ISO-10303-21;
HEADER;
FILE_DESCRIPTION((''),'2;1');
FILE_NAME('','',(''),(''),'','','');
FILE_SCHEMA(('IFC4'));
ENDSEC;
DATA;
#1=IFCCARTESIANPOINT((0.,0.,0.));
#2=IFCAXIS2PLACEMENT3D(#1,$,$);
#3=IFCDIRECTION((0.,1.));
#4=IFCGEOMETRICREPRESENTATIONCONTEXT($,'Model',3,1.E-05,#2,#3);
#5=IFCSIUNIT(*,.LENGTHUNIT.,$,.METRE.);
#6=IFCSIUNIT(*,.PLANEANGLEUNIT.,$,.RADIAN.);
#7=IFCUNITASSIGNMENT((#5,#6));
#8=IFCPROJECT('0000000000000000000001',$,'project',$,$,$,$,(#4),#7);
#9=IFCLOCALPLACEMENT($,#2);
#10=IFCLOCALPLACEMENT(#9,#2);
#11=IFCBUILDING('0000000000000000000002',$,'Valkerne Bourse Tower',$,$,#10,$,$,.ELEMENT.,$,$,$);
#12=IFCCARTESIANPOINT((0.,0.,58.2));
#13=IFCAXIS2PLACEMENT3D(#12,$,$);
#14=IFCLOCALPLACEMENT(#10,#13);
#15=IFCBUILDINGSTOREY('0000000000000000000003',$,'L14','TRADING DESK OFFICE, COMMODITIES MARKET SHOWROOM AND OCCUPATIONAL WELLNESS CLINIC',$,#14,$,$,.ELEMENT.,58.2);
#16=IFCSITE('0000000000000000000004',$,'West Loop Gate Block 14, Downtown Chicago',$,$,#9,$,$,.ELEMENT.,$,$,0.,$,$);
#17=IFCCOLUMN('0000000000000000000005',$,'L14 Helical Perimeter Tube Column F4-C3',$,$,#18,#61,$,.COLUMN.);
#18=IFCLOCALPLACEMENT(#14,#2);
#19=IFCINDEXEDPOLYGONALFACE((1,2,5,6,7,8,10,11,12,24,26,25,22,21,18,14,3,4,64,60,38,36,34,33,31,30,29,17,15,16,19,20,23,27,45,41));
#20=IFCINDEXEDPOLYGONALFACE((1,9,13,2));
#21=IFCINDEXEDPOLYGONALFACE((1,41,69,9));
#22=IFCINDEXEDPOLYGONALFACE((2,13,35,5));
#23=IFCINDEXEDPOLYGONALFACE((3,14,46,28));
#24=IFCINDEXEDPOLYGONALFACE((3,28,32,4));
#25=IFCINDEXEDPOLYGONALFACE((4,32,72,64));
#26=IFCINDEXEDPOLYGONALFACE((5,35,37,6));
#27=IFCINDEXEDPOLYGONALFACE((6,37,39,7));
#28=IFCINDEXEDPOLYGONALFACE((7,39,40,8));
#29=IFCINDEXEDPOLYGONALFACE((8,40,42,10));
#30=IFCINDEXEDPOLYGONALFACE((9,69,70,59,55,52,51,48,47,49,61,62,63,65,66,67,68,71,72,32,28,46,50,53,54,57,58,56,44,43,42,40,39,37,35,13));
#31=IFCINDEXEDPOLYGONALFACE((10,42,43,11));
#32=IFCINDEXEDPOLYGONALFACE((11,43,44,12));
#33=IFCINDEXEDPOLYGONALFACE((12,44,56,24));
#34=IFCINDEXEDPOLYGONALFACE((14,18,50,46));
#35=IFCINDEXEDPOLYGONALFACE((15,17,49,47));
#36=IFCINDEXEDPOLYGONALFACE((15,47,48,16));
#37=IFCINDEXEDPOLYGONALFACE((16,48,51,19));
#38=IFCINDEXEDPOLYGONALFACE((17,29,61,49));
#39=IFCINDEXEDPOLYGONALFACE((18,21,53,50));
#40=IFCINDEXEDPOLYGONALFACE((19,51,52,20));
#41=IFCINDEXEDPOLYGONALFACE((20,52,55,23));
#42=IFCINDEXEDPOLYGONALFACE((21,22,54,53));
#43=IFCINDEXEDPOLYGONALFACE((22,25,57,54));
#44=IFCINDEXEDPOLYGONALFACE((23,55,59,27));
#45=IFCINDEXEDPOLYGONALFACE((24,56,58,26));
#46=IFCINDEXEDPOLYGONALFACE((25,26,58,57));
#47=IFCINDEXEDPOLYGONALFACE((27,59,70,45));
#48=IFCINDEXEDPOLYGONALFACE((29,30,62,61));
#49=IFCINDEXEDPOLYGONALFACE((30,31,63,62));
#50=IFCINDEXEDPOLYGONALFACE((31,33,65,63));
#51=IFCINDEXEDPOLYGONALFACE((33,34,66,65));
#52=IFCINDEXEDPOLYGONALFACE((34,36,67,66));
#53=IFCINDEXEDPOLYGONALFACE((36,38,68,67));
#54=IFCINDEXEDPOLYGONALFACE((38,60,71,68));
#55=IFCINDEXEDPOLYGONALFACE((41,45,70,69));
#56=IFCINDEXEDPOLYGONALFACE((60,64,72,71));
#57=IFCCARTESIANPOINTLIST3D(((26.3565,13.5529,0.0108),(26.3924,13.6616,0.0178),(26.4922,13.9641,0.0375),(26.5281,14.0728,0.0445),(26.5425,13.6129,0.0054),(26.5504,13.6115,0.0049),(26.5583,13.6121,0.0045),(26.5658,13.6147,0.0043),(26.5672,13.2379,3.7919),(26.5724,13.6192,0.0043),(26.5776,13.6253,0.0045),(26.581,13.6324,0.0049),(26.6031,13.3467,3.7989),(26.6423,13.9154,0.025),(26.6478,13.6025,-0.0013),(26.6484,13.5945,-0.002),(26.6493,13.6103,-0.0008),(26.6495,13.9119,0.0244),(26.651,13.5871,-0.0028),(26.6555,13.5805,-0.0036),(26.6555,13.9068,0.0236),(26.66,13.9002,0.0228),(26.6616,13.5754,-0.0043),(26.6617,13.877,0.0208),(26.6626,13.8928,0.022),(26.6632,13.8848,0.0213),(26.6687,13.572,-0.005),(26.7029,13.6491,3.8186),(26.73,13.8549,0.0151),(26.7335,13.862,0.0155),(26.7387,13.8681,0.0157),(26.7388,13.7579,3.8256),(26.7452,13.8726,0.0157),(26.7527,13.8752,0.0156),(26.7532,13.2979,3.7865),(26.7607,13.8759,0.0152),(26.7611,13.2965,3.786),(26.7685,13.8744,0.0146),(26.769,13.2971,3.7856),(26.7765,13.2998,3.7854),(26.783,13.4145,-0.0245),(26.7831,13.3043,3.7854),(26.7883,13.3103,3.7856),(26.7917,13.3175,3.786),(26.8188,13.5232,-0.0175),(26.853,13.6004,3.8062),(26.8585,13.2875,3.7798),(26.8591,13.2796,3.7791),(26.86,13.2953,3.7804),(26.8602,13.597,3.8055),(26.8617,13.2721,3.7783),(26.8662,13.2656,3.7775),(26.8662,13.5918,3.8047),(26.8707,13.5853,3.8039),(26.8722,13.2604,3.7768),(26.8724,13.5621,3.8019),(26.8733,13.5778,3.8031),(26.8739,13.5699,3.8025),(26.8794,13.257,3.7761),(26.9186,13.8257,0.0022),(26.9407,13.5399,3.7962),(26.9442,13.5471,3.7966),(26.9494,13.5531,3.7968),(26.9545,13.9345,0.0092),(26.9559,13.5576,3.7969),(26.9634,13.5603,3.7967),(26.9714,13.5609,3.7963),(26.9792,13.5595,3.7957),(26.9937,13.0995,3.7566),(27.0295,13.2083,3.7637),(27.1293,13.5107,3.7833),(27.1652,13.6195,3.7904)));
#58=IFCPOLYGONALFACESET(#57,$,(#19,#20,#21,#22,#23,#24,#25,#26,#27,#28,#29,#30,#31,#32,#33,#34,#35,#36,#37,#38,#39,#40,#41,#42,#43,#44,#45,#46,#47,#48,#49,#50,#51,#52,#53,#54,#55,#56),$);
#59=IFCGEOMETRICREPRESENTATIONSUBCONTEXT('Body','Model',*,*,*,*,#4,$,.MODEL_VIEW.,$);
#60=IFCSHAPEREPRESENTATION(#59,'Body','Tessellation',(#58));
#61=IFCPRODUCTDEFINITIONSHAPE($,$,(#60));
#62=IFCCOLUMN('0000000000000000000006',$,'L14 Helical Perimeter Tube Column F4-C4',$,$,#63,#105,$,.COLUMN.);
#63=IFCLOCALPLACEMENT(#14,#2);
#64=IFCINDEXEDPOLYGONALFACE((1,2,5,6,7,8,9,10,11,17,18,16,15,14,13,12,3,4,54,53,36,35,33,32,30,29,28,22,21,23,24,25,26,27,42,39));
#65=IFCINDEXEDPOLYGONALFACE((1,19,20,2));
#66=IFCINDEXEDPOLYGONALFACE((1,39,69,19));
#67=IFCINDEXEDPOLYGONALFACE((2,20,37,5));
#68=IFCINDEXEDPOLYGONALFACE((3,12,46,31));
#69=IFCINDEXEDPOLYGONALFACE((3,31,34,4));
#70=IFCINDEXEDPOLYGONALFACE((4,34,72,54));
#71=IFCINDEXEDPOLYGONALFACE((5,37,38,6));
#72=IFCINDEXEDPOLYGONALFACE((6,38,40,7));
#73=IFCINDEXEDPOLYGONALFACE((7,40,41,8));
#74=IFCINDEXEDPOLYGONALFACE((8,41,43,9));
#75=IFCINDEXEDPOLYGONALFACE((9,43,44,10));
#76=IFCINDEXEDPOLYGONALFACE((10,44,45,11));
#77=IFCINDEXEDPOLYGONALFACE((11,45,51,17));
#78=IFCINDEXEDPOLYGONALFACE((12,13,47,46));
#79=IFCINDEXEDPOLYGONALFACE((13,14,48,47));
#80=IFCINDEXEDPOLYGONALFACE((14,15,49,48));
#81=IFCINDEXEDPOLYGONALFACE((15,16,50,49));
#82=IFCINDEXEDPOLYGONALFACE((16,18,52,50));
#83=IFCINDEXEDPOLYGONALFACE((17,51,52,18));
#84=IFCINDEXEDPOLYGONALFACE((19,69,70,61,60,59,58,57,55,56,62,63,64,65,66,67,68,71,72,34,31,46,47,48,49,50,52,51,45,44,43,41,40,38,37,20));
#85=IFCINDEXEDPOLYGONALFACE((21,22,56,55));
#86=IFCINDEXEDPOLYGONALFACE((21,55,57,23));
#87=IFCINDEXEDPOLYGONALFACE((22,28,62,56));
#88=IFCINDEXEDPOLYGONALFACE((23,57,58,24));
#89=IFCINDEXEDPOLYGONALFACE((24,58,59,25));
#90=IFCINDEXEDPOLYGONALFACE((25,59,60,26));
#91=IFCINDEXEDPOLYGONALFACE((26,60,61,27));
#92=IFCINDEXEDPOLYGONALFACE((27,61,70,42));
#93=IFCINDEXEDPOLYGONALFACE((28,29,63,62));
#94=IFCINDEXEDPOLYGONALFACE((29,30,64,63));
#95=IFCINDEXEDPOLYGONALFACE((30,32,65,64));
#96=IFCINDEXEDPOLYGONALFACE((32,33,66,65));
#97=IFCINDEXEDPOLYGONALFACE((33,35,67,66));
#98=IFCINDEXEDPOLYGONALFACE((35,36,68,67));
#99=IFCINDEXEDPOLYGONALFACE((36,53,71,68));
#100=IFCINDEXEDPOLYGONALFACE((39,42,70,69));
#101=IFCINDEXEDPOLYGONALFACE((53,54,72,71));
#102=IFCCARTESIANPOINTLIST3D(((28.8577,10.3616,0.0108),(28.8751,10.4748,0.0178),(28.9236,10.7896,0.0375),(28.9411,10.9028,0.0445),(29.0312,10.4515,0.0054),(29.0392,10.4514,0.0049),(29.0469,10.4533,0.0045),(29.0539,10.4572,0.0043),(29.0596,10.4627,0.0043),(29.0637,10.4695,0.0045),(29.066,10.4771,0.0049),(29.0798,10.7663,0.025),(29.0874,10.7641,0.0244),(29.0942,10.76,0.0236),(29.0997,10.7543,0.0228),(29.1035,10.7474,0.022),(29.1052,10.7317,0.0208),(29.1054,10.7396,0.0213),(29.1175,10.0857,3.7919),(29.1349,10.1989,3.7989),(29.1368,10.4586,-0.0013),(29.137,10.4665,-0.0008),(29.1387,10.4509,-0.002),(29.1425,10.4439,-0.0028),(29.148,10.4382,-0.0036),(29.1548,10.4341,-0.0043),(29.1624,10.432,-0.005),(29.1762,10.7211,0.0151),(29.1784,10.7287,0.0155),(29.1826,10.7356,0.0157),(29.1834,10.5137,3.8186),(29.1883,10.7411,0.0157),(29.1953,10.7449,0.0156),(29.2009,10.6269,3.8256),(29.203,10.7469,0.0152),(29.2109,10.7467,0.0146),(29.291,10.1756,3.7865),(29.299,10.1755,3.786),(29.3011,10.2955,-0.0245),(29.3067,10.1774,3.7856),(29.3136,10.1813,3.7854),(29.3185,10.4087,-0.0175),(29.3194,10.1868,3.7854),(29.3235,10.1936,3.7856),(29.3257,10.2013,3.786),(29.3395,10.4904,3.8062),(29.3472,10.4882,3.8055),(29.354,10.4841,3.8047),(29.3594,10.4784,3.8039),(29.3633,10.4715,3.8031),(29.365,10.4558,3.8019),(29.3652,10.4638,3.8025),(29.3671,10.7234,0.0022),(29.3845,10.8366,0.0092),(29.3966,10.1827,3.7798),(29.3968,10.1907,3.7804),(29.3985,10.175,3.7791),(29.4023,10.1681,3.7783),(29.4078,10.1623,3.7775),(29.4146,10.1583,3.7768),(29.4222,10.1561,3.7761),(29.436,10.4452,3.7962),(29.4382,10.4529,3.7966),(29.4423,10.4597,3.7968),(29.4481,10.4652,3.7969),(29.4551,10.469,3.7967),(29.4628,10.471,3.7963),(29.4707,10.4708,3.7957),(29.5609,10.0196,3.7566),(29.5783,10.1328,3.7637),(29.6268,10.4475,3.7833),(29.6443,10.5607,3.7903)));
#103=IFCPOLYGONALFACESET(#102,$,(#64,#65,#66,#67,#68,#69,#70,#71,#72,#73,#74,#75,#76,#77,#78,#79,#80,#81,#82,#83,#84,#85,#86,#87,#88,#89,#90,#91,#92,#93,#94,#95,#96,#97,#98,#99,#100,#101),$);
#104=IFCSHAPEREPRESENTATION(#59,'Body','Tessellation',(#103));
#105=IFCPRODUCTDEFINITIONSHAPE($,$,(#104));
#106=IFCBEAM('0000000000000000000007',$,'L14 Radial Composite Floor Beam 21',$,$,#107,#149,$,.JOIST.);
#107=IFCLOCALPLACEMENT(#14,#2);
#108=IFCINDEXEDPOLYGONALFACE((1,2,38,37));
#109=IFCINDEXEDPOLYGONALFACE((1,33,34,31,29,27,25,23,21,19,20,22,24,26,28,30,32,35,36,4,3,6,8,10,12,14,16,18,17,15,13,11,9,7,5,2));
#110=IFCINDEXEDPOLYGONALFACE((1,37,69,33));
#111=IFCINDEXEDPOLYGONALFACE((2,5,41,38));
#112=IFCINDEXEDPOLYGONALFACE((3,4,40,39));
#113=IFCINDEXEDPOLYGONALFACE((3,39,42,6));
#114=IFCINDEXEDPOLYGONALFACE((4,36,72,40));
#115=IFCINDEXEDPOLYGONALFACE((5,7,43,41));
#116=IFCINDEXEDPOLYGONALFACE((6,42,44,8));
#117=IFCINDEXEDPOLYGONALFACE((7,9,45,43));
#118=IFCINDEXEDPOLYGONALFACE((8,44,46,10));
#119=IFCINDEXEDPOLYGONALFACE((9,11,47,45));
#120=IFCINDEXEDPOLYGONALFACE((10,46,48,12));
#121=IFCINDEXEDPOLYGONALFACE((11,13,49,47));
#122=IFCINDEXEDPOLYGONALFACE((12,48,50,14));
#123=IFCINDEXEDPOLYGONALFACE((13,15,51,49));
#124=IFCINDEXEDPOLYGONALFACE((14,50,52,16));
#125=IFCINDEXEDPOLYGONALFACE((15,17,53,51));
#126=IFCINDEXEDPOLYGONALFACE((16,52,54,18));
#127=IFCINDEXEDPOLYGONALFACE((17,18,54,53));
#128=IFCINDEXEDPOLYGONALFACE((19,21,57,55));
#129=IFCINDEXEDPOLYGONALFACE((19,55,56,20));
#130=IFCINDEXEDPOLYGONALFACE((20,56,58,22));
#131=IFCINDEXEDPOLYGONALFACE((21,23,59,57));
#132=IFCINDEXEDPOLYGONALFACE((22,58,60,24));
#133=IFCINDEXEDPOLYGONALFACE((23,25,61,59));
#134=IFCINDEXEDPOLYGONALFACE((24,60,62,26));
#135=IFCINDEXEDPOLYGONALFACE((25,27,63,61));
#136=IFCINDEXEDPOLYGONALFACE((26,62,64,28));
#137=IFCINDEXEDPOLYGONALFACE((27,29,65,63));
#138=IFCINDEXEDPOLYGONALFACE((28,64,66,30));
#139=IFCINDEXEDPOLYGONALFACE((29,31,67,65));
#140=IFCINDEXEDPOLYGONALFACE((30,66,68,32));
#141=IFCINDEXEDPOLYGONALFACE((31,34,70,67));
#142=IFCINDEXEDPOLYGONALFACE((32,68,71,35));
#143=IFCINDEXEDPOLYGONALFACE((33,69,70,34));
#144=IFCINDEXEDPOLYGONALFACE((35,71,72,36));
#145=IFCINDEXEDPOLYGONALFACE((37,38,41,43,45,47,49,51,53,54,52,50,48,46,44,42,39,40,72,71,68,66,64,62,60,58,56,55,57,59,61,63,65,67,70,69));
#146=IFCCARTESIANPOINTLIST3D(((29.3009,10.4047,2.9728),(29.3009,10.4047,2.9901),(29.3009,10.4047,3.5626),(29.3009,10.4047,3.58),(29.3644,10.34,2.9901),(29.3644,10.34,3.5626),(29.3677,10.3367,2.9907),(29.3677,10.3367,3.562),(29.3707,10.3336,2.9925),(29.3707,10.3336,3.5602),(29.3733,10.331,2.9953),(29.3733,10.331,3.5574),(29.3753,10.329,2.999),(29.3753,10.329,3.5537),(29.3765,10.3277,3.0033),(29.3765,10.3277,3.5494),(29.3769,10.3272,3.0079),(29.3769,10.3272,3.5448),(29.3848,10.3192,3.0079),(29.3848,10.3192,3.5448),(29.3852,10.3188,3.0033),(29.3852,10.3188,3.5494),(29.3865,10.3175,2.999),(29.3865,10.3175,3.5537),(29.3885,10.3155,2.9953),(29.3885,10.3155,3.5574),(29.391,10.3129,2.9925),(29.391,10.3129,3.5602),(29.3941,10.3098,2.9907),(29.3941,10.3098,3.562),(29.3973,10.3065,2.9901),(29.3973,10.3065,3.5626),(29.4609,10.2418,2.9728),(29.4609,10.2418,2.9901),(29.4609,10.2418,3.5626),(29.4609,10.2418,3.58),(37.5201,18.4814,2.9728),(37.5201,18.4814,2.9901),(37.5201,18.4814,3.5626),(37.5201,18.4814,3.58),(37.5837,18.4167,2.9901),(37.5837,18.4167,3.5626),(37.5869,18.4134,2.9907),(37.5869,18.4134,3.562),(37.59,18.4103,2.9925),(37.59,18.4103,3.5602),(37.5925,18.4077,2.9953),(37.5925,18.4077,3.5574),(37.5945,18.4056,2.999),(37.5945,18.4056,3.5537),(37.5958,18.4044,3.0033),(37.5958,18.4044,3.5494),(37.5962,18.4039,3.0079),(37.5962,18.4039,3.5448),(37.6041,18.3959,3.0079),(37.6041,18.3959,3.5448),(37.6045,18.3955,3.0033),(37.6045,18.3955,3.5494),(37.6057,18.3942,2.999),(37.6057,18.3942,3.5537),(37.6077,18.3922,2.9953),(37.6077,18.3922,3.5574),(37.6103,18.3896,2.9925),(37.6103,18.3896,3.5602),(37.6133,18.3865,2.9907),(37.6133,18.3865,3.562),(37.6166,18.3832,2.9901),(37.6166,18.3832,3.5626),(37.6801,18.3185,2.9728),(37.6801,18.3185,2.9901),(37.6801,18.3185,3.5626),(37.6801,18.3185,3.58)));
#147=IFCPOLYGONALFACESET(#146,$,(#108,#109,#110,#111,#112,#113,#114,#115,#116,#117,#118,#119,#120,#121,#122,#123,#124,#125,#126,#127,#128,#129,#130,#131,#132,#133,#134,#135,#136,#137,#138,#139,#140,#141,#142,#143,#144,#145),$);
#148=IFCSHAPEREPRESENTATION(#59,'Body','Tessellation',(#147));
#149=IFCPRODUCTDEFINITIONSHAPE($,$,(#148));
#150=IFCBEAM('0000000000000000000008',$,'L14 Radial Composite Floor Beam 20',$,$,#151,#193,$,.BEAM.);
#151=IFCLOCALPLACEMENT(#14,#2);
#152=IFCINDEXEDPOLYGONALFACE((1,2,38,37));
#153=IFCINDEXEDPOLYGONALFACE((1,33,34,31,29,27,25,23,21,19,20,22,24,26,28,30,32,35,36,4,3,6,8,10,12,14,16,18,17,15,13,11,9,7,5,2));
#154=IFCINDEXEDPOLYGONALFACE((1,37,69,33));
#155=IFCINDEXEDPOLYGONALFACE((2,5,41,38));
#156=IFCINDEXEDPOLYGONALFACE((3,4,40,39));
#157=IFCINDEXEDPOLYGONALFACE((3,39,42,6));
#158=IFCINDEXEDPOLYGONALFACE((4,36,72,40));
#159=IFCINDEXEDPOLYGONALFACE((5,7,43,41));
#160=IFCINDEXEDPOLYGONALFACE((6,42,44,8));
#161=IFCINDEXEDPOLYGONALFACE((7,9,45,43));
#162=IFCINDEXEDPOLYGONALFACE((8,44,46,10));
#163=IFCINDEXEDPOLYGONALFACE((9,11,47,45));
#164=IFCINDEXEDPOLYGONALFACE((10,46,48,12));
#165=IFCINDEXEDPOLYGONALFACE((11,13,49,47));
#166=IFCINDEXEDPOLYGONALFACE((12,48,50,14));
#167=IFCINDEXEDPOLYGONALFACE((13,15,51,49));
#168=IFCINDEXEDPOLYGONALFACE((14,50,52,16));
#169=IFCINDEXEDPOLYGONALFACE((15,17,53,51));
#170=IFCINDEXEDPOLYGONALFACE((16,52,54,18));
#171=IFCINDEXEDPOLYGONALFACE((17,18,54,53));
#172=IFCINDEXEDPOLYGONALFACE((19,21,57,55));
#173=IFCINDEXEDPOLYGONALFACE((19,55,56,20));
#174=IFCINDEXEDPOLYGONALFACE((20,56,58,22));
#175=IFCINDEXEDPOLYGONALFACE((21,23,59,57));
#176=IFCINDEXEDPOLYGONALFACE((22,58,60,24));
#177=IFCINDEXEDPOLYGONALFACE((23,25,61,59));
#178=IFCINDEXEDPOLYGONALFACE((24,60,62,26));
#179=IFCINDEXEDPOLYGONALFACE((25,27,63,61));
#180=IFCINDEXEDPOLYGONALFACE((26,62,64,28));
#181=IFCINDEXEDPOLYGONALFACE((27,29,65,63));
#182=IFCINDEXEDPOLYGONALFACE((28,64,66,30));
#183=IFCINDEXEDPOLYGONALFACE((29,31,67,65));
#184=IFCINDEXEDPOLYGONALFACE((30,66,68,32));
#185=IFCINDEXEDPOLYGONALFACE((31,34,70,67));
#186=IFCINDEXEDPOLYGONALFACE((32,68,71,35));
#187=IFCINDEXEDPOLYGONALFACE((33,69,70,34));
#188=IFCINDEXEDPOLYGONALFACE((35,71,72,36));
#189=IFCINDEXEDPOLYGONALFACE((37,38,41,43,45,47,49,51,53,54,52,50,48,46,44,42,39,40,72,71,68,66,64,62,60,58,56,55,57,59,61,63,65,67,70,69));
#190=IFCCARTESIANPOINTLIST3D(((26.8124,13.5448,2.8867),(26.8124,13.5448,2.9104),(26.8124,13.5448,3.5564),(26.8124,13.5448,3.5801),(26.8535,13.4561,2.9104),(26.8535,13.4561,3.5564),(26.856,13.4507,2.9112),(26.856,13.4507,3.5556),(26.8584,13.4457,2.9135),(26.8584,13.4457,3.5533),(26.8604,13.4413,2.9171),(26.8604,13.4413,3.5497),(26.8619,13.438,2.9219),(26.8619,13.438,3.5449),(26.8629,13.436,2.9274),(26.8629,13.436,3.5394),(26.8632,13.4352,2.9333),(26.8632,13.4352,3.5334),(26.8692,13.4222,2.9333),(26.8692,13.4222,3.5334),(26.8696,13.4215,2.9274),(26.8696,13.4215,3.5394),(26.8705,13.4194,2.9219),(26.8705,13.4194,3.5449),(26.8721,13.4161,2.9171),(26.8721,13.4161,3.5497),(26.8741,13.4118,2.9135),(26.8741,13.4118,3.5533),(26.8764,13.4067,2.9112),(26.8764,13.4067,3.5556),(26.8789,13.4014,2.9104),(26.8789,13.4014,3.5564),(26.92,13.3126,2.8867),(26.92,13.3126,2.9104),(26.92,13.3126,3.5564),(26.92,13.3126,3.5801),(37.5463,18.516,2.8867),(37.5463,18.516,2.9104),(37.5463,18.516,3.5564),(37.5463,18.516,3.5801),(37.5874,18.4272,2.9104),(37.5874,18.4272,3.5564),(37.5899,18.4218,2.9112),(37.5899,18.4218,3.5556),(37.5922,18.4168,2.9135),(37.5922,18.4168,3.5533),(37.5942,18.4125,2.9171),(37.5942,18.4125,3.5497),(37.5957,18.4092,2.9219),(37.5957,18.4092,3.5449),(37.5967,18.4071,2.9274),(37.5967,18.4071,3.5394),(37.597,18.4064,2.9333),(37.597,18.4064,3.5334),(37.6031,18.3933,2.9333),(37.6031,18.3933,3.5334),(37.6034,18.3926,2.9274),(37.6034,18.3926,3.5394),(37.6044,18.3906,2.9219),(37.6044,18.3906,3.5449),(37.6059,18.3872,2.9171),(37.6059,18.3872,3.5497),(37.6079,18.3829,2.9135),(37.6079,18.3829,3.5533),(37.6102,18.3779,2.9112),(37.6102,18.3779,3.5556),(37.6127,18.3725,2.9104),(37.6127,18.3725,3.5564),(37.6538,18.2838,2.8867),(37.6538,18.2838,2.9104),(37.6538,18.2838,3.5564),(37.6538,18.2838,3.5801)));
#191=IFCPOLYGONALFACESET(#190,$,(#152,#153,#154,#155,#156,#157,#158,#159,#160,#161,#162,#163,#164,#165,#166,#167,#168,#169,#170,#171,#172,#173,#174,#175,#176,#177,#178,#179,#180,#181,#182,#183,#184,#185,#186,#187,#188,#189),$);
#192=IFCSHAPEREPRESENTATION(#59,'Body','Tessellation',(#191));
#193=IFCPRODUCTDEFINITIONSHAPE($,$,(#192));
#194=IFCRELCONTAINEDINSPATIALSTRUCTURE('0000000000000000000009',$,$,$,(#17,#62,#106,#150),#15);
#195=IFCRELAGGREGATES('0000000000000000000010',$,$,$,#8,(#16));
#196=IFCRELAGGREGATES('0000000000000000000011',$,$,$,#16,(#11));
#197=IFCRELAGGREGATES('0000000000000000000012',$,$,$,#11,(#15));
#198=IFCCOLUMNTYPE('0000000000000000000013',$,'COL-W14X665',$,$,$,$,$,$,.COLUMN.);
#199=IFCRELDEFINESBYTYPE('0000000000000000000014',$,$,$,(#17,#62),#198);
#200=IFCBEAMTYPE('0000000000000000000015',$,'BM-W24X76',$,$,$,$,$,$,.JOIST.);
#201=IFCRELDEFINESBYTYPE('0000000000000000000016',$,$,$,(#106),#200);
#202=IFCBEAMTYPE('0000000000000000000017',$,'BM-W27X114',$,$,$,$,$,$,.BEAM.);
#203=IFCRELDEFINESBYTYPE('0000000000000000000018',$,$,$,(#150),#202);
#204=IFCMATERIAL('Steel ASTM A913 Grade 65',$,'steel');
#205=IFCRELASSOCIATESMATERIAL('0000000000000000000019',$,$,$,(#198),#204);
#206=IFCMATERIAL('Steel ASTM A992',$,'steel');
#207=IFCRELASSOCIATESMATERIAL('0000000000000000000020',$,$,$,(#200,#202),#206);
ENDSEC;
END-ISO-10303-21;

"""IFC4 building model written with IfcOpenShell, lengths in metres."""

from ifc_helpers import new_model, si_unit, direction, frame, origin, origin_2d, place, context, subcontext, project, spatial, i_section, extrude, material, material_profile, profile_set, type_object, element, save


model = new_model("IFC4")

# Units and contexts
model_context = context("Model", 3, precision=1e-05, world=origin(), true_north=direction((0.0, 1.0)))
body_context = subcontext(model_context, "Body", "Model", "MODEL_VIEW")
ifc_project = project(units=[si_unit("LENGTHUNIT", "METRE"), si_unit("PLANEANGLEUNIT", "RADIAN")], contexts=[model_context])

# Site, building, storey
site_placement = place(None, origin())
site = spatial("IfcSite", under=ifc_project, at=site_placement, Name="West Loop Gate Block 14, Downtown Chicago", CompositionType="ELEMENT", RefElevation=0.0)
building_placement = place(site_placement, origin())
building = spatial("IfcBuilding", under=site, at=building_placement, Name="Valkerne Bourse Tower", CompositionType="ELEMENT")
storey_placement = place(building_placement, frame((0.0, 0.0, 58.2)))
storey = spatial("IfcBuildingStorey", under=building, at=storey_placement, Name="L14", Description="TRADING DESK OFFICE, COMMODITIES MARKET SHOWROOM AND OCCUPATIONAL WELLNESS CLINIC", CompositionType="ELEMENT", Elevation=58.2)

# Columns
ifc_material_1 = material(Name="Steel ASTM A913 Grade 65", Category="steel")
ifc_material_profile_1 = material_profile(ifc_material_1, i_section(OverallWidth=0.4497, OverallDepth=0.5486, WebThickness=0.072, FlangeThickness=0.1147, FilletRadius=0.0305, at=origin_2d()), Name="W14X665")
ifc_profile_set_1 = profile_set([ifc_material_profile_1], Name="Steel ASTM A913 Grade 65")
column_type = type_object("IfcColumnType", Name="COL-W14X665", PredefinedType="COLUMN", material=ifc_profile_set_1)
for number, where, z_axis, x_axis, name in (
    (1, (26.6555, 13.7437, 0.01), (0.055446, -0.082881, 0.995016), (0.948238, -0.307711, -0.078471), "L14 Helical Perimeter Tube Column F4-C3"),
    (2, (29.1211, 10.5991, 0.01), (0.06836, -0.072601, 0.995016), (0.986007, -0.147077, -0.078473), "L14 Helical Perimeter Tube Column F4-C4"),
):
    element("IfcColumn", number, at=place(storey_placement, frame(where, z_axis=z_axis, x_axis=x_axis)), inside=storey, type_object=column_type, Name=name, PredefinedType="COLUMN", context=body_context, shape_type="SweptSolid", body=[
        extrude(i_section(OverallWidth=0.4497, OverallDepth=0.5486, WebThickness=0.072, FlangeThickness=0.1147, FilletRadius=0.0305, at=origin_2d()), origin(), (0.0, 0.0, 1.0), 3.8),
    ])

# Beams
ifc_material_2 = material(Name="Steel ASTM A992", Category="steel")
ifc_material_profile_2 = material_profile(ifc_material_2, i_section(OverallWidth=0.2283, OverallDepth=0.6072, WebThickness=0.0112, FlangeThickness=0.0173, FilletRadius=0.0178, at=origin_2d()), Name="W24X76")
ifc_profile_set_2 = profile_set([ifc_material_profile_2], Name="Steel ASTM A992")
beam_type_1 = type_object("IfcBeamType", Name="BM-W24X76", PredefinedType="JOIST", material=ifc_profile_set_2)
beam_1_placement = place(storey_placement, frame((29.3809, 10.3232, 3.2764), z_axis=(0.713266, 0.700893, 0.0), x_axis=(-0.700893, 0.713266, 0.0)))
element("IfcBeam", 3, at=beam_1_placement, inside=storey, type_object=beam_type_1, Name="L14 Radial Composite Floor Beam 21", PredefinedType="JOIST", context=body_context, shape_type="SweptSolid", body=[
    extrude(i_section(OverallWidth=0.2283, OverallDepth=0.6072, WebThickness=0.0112, FlangeThickness=0.0173, FilletRadius=0.0178, at=origin_2d()), origin(), (0.0, 0.0, 1.0), 11.5234),
])
ifc_material_profile_3 = material_profile(ifc_material_2, i_section(OverallWidth=0.2559, OverallDepth=0.6934, WebThickness=0.0144, FlangeThickness=0.0237, FilletRadius=0.0229, at=origin_2d()), Name="W27X114")
ifc_profile_set_3 = profile_set([ifc_material_profile_3], Name="Steel ASTM A992")
beam_type_2 = type_object("IfcBeamType", Name="BM-W27X114", PredefinedType="BEAM", material=ifc_profile_set_3)
beam_2_placement = place(storey_placement, frame((26.8662, 13.4287, 3.2334), z_axis=(0.907409, 0.420249, 0.0), x_axis=(-0.420249, 0.907409, 0.0)))
element("IfcBeam", 4, at=beam_2_placement, inside=storey, type_object=beam_type_2, Name="L14 Radial Composite Floor Beam 20", PredefinedType="BEAM", context=body_context, shape_type="SweptSolid", body=[
    extrude(i_section(OverallWidth=0.2559, OverallDepth=0.6934, WebThickness=0.0144, FlangeThickness=0.0237, FilletRadius=0.0229, at=origin_2d()), origin(), (0.0, 0.0, 1.0), 11.8291),
])

save(model, "model.ifc")
